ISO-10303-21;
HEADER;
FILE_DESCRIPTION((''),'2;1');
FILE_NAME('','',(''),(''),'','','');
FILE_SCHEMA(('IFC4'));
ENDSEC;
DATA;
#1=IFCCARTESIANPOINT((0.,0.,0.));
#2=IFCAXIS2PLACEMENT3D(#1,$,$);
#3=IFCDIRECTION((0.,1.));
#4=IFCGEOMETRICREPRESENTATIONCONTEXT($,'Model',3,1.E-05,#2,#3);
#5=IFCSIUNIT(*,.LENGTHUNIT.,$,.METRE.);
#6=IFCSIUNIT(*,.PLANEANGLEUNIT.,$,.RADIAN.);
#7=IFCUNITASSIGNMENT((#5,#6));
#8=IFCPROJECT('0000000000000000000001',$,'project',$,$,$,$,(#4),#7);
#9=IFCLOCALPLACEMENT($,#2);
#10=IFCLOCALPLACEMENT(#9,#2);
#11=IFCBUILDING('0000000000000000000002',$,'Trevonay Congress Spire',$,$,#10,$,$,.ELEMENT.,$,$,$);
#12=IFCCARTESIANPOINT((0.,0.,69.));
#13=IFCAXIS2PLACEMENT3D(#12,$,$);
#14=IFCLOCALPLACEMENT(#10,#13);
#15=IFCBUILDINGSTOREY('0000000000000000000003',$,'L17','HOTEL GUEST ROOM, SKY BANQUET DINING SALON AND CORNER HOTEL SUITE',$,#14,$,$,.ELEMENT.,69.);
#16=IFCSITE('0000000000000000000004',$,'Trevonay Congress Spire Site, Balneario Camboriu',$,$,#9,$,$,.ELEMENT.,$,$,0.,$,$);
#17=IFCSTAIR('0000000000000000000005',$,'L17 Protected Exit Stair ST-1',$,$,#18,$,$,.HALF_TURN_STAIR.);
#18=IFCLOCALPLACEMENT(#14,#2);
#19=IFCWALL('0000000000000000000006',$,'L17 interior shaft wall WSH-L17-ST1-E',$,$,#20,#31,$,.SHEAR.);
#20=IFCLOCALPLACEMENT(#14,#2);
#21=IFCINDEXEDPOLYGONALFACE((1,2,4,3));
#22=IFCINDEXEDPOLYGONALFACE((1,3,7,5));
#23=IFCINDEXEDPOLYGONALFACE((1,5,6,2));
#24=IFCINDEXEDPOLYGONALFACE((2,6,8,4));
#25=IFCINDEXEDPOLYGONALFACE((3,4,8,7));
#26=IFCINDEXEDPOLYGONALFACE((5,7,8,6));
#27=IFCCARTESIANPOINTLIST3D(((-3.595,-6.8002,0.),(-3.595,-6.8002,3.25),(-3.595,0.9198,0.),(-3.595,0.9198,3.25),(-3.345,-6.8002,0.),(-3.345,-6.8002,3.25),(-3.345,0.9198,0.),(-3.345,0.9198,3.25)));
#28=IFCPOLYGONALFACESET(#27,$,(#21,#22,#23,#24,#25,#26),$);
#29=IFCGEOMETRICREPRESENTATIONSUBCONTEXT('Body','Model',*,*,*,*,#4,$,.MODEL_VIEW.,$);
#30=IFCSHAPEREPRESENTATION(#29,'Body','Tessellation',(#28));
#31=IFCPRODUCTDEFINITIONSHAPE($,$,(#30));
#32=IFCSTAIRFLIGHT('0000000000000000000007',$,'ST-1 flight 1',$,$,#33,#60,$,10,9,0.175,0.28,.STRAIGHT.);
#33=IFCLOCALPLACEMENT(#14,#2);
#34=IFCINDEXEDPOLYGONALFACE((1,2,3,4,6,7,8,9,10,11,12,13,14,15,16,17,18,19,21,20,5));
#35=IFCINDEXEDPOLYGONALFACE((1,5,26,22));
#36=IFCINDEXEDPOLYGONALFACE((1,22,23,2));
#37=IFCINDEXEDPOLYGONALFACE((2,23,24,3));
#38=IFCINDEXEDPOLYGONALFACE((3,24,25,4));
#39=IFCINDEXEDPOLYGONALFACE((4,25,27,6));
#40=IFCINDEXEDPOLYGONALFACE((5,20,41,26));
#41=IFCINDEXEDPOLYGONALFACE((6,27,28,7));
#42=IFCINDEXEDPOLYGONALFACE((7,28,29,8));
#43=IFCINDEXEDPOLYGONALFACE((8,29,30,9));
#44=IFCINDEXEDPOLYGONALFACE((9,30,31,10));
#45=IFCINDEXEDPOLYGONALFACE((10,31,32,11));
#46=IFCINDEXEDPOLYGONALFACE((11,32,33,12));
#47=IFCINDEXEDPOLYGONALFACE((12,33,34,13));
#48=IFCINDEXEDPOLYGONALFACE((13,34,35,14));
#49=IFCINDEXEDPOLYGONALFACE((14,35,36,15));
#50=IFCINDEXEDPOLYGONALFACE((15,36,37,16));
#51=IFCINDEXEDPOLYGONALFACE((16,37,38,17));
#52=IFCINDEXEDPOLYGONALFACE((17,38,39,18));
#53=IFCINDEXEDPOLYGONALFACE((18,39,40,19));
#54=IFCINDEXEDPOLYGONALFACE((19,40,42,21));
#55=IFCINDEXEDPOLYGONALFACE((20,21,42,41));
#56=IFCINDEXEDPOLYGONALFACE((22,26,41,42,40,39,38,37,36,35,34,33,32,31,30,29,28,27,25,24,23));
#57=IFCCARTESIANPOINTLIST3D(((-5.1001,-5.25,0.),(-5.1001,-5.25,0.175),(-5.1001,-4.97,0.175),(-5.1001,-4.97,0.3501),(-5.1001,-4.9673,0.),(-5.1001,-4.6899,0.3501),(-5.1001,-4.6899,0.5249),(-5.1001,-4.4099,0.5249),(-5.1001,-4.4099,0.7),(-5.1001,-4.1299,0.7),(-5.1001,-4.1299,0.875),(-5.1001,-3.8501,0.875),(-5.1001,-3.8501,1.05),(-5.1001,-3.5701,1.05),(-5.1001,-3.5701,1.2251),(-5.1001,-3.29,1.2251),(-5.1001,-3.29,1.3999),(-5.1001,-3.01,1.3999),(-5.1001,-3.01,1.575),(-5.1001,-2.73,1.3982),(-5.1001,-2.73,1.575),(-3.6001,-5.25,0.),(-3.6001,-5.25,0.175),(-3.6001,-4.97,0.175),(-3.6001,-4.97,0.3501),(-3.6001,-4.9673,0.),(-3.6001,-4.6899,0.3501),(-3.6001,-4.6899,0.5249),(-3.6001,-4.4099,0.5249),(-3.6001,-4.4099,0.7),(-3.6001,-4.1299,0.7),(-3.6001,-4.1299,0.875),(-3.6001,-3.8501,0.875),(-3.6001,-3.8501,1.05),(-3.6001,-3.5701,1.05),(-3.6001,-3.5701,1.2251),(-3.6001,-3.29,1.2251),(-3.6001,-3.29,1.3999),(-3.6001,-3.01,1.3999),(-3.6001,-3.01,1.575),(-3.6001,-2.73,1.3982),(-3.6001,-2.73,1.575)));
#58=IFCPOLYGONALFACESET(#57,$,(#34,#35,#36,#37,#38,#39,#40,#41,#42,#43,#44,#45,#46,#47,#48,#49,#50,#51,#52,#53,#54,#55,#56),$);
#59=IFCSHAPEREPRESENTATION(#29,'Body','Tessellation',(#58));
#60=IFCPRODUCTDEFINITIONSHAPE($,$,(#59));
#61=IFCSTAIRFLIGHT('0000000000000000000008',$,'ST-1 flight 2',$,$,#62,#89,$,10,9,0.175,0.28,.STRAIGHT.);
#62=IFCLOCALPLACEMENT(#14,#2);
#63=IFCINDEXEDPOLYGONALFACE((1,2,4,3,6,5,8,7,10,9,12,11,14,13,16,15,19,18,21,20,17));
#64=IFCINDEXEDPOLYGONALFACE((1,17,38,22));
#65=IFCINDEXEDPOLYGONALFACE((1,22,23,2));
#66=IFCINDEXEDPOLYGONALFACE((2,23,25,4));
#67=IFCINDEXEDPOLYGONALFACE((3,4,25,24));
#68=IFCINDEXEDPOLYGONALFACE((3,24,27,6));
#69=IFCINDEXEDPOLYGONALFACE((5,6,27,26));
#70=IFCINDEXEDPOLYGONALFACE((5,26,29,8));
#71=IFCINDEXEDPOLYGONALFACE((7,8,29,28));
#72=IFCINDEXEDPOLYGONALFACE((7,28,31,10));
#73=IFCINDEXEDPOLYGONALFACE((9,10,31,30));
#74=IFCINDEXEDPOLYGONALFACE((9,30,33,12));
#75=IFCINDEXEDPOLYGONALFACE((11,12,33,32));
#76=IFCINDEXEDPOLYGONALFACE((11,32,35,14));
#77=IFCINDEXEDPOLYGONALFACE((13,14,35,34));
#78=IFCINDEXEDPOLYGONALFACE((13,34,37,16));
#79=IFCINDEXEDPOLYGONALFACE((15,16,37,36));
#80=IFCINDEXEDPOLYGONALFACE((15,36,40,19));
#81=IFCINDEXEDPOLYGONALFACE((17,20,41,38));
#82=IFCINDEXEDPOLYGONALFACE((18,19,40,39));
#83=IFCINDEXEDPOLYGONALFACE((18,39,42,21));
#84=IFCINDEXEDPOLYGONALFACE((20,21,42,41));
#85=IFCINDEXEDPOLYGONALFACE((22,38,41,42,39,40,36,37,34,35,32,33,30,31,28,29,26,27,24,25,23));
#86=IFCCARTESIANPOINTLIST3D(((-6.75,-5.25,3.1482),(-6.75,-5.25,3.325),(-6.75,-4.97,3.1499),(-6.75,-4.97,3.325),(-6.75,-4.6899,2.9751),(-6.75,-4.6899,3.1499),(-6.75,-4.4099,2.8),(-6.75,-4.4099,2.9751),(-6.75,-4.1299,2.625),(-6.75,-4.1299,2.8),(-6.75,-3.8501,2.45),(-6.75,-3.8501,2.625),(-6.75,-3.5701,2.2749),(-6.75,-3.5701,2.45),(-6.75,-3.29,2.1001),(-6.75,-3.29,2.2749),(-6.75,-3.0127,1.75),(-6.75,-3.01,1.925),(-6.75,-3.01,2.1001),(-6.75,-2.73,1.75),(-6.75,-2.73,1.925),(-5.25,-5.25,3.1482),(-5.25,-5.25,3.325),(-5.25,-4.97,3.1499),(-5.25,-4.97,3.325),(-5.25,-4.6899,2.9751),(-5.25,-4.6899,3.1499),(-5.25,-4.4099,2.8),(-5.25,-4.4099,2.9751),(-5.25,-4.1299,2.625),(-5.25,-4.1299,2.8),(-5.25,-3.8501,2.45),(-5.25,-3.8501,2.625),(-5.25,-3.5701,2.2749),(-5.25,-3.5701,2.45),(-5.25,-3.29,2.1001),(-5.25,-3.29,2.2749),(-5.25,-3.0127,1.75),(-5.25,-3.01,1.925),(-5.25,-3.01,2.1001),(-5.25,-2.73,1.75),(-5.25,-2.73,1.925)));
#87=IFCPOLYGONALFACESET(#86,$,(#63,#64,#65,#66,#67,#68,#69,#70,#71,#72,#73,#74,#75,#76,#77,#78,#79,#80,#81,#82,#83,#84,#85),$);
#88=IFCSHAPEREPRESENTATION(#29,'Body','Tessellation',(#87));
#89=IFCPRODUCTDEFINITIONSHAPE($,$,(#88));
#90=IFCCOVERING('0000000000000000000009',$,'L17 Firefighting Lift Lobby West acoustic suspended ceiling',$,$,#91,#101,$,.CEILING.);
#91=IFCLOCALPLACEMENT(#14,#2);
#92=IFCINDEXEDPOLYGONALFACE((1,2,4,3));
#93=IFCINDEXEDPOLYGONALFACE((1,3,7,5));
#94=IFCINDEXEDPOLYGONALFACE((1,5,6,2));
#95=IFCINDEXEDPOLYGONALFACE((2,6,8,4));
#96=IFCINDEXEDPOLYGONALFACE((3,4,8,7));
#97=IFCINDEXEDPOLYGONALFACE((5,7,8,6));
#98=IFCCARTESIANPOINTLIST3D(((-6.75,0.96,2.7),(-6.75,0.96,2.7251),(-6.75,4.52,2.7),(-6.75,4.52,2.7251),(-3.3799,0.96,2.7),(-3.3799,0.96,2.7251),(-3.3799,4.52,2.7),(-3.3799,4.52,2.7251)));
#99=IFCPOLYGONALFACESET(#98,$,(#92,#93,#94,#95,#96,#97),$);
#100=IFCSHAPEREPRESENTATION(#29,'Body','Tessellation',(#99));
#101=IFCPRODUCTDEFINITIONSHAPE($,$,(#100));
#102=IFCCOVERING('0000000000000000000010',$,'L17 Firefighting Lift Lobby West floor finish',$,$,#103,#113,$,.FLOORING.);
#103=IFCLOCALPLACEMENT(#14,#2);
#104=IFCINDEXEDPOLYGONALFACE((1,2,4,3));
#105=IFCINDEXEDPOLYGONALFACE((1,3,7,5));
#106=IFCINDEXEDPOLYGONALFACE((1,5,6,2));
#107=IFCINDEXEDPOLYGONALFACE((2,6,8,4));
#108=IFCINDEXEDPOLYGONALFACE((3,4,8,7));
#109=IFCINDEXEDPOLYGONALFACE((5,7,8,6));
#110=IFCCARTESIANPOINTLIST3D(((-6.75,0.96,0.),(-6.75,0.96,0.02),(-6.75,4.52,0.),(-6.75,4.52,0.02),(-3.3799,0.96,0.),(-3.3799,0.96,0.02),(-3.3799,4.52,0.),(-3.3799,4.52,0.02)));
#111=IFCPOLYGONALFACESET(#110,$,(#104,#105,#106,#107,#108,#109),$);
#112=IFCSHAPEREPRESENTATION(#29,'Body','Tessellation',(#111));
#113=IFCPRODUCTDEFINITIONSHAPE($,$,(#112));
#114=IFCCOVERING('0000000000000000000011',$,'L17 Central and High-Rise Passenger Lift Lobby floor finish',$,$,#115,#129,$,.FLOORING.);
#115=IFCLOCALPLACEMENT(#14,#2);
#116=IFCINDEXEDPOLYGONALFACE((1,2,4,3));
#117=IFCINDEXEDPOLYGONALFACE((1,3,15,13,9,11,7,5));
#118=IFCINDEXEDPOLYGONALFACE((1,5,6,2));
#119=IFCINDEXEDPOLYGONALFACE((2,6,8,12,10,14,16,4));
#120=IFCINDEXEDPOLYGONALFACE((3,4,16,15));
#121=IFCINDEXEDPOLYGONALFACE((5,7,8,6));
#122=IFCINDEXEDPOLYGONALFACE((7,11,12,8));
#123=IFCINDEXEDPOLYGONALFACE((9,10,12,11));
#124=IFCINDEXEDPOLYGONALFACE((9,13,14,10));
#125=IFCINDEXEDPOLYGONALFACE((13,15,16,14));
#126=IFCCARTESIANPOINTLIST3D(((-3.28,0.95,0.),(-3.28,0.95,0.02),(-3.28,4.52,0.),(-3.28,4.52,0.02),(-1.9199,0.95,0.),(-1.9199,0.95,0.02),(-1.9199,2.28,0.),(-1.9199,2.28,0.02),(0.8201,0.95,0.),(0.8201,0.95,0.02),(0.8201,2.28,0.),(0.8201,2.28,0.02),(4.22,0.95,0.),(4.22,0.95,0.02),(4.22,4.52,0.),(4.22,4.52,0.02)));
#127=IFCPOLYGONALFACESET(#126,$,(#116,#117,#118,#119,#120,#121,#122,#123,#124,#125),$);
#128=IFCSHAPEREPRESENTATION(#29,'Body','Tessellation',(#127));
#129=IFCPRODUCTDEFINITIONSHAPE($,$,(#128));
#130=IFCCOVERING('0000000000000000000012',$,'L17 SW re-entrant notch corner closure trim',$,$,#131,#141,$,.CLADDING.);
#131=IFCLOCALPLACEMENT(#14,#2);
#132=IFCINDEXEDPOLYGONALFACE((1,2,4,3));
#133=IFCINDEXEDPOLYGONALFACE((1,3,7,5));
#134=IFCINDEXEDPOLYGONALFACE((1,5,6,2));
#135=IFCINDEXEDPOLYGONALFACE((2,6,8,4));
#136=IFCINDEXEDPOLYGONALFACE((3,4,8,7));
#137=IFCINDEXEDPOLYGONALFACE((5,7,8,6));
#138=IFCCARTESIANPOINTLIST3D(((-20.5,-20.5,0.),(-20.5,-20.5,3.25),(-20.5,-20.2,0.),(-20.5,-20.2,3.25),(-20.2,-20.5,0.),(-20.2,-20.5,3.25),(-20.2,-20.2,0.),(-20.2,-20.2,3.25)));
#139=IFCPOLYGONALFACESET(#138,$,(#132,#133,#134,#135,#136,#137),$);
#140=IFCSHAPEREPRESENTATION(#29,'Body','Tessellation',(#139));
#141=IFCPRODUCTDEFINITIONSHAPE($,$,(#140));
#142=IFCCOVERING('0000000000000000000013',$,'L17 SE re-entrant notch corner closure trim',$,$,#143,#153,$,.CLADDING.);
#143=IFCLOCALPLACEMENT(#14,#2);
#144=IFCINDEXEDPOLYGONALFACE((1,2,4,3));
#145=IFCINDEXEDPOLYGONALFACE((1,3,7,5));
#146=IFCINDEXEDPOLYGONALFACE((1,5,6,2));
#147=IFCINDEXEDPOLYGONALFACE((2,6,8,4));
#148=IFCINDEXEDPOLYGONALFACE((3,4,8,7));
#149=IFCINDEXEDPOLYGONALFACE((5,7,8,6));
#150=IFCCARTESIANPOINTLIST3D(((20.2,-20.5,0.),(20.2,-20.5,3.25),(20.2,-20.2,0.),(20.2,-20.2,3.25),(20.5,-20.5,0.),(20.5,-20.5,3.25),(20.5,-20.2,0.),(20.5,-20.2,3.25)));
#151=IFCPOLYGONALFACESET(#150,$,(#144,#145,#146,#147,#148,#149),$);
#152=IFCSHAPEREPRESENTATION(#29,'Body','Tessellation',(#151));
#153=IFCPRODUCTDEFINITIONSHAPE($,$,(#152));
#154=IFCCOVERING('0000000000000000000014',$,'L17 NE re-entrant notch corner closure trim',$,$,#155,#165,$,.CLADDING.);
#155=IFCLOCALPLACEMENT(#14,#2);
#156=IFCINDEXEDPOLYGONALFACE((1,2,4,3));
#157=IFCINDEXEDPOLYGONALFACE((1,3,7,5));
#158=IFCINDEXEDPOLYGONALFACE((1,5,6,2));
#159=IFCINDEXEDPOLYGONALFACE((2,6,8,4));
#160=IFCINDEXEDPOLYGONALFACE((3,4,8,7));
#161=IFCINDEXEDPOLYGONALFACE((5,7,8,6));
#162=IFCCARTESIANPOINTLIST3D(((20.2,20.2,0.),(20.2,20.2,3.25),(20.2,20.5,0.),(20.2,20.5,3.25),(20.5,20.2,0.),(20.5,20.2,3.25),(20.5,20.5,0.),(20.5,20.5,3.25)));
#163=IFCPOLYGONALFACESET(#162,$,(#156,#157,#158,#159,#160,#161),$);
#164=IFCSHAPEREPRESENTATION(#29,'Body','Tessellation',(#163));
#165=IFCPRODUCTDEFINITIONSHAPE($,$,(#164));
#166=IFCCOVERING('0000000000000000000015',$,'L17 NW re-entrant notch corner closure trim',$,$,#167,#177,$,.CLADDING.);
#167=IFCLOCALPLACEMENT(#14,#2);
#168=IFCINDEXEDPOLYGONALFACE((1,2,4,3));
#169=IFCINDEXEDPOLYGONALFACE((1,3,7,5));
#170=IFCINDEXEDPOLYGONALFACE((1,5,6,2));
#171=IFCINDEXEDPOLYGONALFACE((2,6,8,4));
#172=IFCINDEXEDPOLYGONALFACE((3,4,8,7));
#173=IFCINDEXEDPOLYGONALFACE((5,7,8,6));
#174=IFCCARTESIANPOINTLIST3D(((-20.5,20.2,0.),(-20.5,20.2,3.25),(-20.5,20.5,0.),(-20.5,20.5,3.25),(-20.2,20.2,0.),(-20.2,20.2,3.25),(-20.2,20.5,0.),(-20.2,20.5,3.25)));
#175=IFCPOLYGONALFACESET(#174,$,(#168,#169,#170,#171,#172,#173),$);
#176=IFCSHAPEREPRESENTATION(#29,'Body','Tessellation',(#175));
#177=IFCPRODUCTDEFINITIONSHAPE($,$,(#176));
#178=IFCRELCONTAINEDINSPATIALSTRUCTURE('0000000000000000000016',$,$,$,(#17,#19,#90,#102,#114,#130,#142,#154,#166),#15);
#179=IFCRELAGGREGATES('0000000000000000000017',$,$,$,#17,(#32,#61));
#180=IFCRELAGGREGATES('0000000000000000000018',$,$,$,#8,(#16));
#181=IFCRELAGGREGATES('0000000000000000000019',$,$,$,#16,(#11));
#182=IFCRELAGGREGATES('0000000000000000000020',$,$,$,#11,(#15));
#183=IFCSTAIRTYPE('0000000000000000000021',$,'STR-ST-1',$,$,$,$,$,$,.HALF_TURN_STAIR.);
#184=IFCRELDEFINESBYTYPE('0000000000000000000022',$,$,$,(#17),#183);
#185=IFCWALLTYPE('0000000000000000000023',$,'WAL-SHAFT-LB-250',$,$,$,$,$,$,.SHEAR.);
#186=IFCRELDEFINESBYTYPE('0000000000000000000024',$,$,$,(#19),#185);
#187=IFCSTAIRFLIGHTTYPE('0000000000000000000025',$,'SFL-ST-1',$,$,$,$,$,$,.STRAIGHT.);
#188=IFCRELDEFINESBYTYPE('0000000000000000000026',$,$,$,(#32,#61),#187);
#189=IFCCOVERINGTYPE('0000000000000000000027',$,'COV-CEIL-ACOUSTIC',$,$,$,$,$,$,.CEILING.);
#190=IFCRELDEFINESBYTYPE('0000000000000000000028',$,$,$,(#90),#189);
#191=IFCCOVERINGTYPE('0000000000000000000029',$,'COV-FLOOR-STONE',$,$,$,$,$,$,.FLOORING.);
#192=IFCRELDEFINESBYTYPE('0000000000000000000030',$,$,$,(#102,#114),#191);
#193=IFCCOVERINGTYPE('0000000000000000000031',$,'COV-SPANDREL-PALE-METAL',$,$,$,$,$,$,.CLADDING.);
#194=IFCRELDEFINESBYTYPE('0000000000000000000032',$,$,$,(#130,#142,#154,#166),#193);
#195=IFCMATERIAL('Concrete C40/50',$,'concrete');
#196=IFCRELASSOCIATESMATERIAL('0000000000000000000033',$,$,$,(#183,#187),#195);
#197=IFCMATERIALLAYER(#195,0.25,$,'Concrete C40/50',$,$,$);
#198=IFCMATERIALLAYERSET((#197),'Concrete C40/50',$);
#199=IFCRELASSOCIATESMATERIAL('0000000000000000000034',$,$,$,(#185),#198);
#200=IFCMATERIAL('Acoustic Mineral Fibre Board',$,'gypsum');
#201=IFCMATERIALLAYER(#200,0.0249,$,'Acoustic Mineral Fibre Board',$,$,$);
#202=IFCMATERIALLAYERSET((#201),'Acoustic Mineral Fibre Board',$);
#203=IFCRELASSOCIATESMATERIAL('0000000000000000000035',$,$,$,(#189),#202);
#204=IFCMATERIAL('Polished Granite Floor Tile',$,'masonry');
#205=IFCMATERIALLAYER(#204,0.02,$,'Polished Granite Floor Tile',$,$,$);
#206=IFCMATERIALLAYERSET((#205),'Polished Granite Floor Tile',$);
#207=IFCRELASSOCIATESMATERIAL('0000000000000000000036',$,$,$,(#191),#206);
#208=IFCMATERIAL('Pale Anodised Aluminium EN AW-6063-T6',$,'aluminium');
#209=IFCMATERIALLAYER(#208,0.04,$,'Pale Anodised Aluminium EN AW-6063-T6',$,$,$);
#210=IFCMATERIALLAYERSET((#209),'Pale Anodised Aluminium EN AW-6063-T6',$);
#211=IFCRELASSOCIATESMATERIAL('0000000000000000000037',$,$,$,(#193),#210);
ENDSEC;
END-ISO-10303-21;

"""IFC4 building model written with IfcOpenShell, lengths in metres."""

from ifc_helpers import new_model, si_unit, direction, frame, frame_2d, origin, place, context, subcontext, project, spatial, polyline, rectangle, outline, extrude, material, layer, layer_set, type_object, element, aggregate, save


model = new_model("IFC4")

# Units and contexts
model_context = context("Model", 3, precision=1e-05, world=origin(), true_north=direction((0.0, 1.0)))
body_context = subcontext(model_context, "Body", "Model", "MODEL_VIEW")
ifc_project = project(units=[si_unit("LENGTHUNIT", "METRE"), si_unit("PLANEANGLEUNIT", "RADIAN")], contexts=[model_context])

# Site, building, storey
site_placement = place(None, origin())
site = spatial("IfcSite", under=ifc_project, at=site_placement, Name="Trevonay Congress Spire Site, Balneario Camboriu", CompositionType="ELEMENT", RefElevation=0.0)
building_placement = place(site_placement, origin())
building = spatial("IfcBuilding", under=site, at=building_placement, Name="Trevonay Congress Spire", CompositionType="ELEMENT")
storey_placement = place(building_placement, frame((0.0, 0.0, 69.0)))
storey = spatial("IfcBuildingStorey", under=building, at=storey_placement, Name="L17", Description="HOTEL GUEST ROOM, SKY BANQUET DINING SALON AND CORNER HOTEL SUITE", CompositionType="ELEMENT", Elevation=69.0)

# Stair
ifc_material_1 = material(Name="Concrete C40/50", Category="concrete")
stair_type_1 = type_object("IfcStairType", Name="STR-ST-1", PredefinedType="HALF_TURN_STAIR", material=ifc_material_1)
stair_1_placement = place(storey_placement, origin())
stair_1 = element("IfcStair", 1, at=stair_1_placement, inside=storey, type_object=stair_type_1, Name="L17 Protected Exit Stair ST-1", PredefinedType="HALF_TURN_STAIR")

# Shared definitions
ifc_material_2 = material(Name="Pale Anodised Aluminium EN AW-6063-T6", Category="aluminium")

# Wall
ifc_layer_1 = layer(ifc_material_1, 0.25, Name="Concrete C40/50")
ifc_layer_set_1 = layer_set([ifc_layer_1], Name="Concrete C40/50")
wall_type_1 = type_object("IfcWallType", Name="WAL-SHAFT-LB-250", PredefinedType="SHEAR", material=ifc_layer_set_1)
wall_1_placement = place(storey_placement, frame((-3.47, -6.8, 0.0), z_axis=(0.0, 0.0, 1.0), x_axis=(0.0, 1.0, 0.0)))
element("IfcWall", 2, at=wall_1_placement, inside=storey, type_object=wall_type_1, Name="L17 interior shaft wall WSH-L17-ST1-E", PredefinedType="SHEAR", context=body_context, shape_type="SweptSolid", body=[
    extrude(rectangle(XDim=7.72, YDim=0.25, at=frame_2d((3.8599, 0.0))), origin(), (0.0, 0.0, 1.0), 3.25),
])

# Stair flights
stair_flight_type = type_object("IfcStairFlightType", Name="SFL-ST-1", PredefinedType="STRAIGHT", material=ifc_material_1)
stair_flight_1_placement = place(storey_placement, frame((-4.3501, -5.25, 0.0), z_axis=(0.0, 0.0, 1.0), x_axis=(0.0, 1.0, 0.0)))
stair_flight_1 = element("IfcStairFlight", 3, at=stair_flight_1_placement, type_object=stair_flight_type, Name="ST-1 flight 1", NumberOfRisers=10, NumberOfTreads=9, PredefinedType="STRAIGHT", RiserHeight=0.175, TreadLength=0.28, context=body_context, shape_type="SweptSolid", body=[
    extrude(outline(polyline([(0.0, 0.0), (0.0, 0.175), (0.28, 0.175), (0.28, 0.3501), (0.5601, 0.3501), (0.5601, 0.5249), (0.8401, 0.5249), (0.8401, 0.7), (1.1201, 0.7), (1.1201, 0.875), (1.3999, 0.875), (1.3999, 1.05), (1.6799, 1.05), (1.6799, 1.2251), (1.96, 1.2251), (1.96, 1.3999), (2.24, 1.3999), (2.24, 1.575), (2.52, 1.575), (2.52, 1.75), (2.52, 1.3982), (0.2827, 0.0), (0.0, 0.0)])), frame((0.0, 0.75, 0.0), z_axis=(0.0, -1.0, 0.0), x_axis=(1.0, 0.0, 0.0)), (0.0, 0.0, 1.0), 1.5),
])
stair_flight_2_placement = place(storey_placement, frame((-6.0, -2.73, 1.75), z_axis=(0.0, 0.0, 1.0), x_axis=(0.0, -1.0, 0.0)))
stair_flight_2 = element("IfcStairFlight", 4, at=stair_flight_2_placement, type_object=stair_flight_type, Name="ST-1 flight 2", NumberOfRisers=10, NumberOfTreads=9, PredefinedType="STRAIGHT", RiserHeight=0.175, TreadLength=0.28, context=body_context, shape_type="SweptSolid", body=[
    extrude(outline(polyline([(0.0, 0.0), (0.0, 0.175), (0.28, 0.175), (0.28, 0.3501), (0.5601, 0.3501), (0.5601, 0.5249), (0.8401, 0.5249), (0.8401, 0.7), (1.1201, 0.7), (1.1201, 0.875), (1.3999, 0.875), (1.3999, 1.05), (1.6799, 1.05), (1.6799, 1.2251), (1.96, 1.2251), (1.96, 1.3999), (2.24, 1.3999), (2.24, 1.575), (2.52, 1.575), (2.52, 1.75), (2.52, 1.3982), (0.2827, 0.0), (0.0, 0.0)])), frame((0.0, 0.75, 0.0), z_axis=(0.0, -1.0, 0.0), x_axis=(1.0, 0.0, 0.0)), (0.0, 0.0, 1.0), 1.5),
])
aggregate(stair_1, [stair_flight_1, stair_flight_2])

# Coverings
ifc_material_3 = material(Name="Acoustic Mineral Fibre Board", Category="gypsum")
ifc_layer_2 = layer(ifc_material_3, 0.0249, Name="Acoustic Mineral Fibre Board")
ifc_layer_set_2 = layer_set([ifc_layer_2], Name="Acoustic Mineral Fibre Board")
covering_type_1 = type_object("IfcCoveringType", Name="COV-CEIL-ACOUSTIC", PredefinedType="CEILING", material=ifc_layer_set_2)
covering_1_placement = place(storey_placement, frame((0.0, 0.0, 2.7)))
element("IfcCovering", 5, at=covering_1_placement, inside=storey, type_object=covering_type_1, Name="L17 Firefighting Lift Lobby West acoustic suspended ceiling", PredefinedType="CEILING", context=body_context, shape_type="SweptSolid", body=[
    extrude(outline(polyline([(-6.75, 0.96), (-3.3799, 0.96), (-3.3799, 4.52), (-6.75, 4.52), (-6.75, 0.96)])), origin(), (0.0, 0.0, 1.0), 0.0251),
])
ifc_material_4 = material(Name="Polished Granite Floor Tile", Category="masonry")
ifc_layer_3 = layer(ifc_material_4, 0.02, Name="Polished Granite Floor Tile")
ifc_layer_set_3 = layer_set([ifc_layer_3], Name="Polished Granite Floor Tile")
covering_type_2 = type_object("IfcCoveringType", Name="COV-FLOOR-STONE", PredefinedType="FLOORING", material=ifc_layer_set_3)
covering_2_placement = place(storey_placement, origin())
element("IfcCovering", 6, at=covering_2_placement, inside=storey, type_object=covering_type_2, Name="L17 Firefighting Lift Lobby West floor finish", PredefinedType="FLOORING", context=body_context, shape_type="SweptSolid", body=[
    extrude(outline(polyline([(-6.75, 0.96), (-3.3799, 0.96), (-3.3799, 4.52), (-6.75, 4.52), (-6.75, 0.96)])), origin(), (0.0, 0.0, 1.0), 0.02),
])
covering_3_placement = place(storey_placement, origin())
element("IfcCovering", 7, at=covering_3_placement, inside=storey, type_object=covering_type_2, Name="L17 Central and High-Rise Passenger Lift Lobby floor finish", PredefinedType="FLOORING", context=body_context, shape_type="SweptSolid", body=[
    extrude(outline(polyline([(-3.28, 0.95), (-1.9199, 0.95), (-1.9199, 2.28), (0.8201, 2.28), (0.8201, 0.95), (4.22, 0.95), (4.22, 4.52), (-3.28, 4.52), (-3.28, 0.95)])), origin(), (0.0, 0.0, 1.0), 0.02),
])
ifc_layer_4 = layer(ifc_material_2, 0.04, Name="Pale Anodised Aluminium EN AW-6063-T6")
ifc_layer_set_4 = layer_set([ifc_layer_4], Name="Pale Anodised Aluminium EN AW-6063-T6")
covering_type_3 = type_object("IfcCoveringType", Name="COV-SPANDREL-PALE-METAL", PredefinedType="CLADDING", material=ifc_layer_set_4)
covering_4_placement = place(storey_placement, origin())
element("IfcCovering", 8, at=covering_4_placement, inside=storey, type_object=covering_type_3, Name="L17 SW re-entrant notch corner closure trim", PredefinedType="CLADDING", context=body_context, shape_type="SweptSolid", body=[
    extrude(outline(polyline([(-20.5, -20.5), (-20.2, -20.5), (-20.2, -20.2), (-20.5, -20.2), (-20.5, -20.5)])), origin(), (0.0, 0.0, 1.0), 3.25),
])
covering_5_placement = place(storey_placement, origin())
element("IfcCovering", 9, at=covering_5_placement, inside=storey, type_object=covering_type_3, Name="L17 SE re-entrant notch corner closure trim", PredefinedType="CLADDING", context=body_context, shape_type="SweptSolid", body=[
    extrude(outline(polyline([(20.2, -20.5), (20.5, -20.5), (20.5, -20.2), (20.2, -20.2), (20.2, -20.5)])), origin(), (0.0, 0.0, 1.0), 3.25),
])
covering_6_placement = place(storey_placement, origin())
element("IfcCovering", 10, at=covering_6_placement, inside=storey, type_object=covering_type_3, Name="L17 NE re-entrant notch corner closure trim", PredefinedType="CLADDING", context=body_context, shape_type="SweptSolid", body=[
    extrude(outline(polyline([(20.2, 20.2), (20.5, 20.2), (20.5, 20.5), (20.2, 20.5), (20.2, 20.2)])), origin(), (0.0, 0.0, 1.0), 3.25),
])
covering_7_placement = place(storey_placement, origin())
element("IfcCovering", 11, at=covering_7_placement, inside=storey, type_object=covering_type_3, Name="L17 NW re-entrant notch corner closure trim", PredefinedType="CLADDING", context=body_context, shape_type="SweptSolid", body=[
    extrude(outline(polyline([(-20.5, 20.2), (-20.2, 20.2), (-20.2, 20.5), (-20.5, 20.5), (-20.5, 20.2)])), origin(), (0.0, 0.0, 1.0), 3.25),
])

save(model, "model.ifc")
